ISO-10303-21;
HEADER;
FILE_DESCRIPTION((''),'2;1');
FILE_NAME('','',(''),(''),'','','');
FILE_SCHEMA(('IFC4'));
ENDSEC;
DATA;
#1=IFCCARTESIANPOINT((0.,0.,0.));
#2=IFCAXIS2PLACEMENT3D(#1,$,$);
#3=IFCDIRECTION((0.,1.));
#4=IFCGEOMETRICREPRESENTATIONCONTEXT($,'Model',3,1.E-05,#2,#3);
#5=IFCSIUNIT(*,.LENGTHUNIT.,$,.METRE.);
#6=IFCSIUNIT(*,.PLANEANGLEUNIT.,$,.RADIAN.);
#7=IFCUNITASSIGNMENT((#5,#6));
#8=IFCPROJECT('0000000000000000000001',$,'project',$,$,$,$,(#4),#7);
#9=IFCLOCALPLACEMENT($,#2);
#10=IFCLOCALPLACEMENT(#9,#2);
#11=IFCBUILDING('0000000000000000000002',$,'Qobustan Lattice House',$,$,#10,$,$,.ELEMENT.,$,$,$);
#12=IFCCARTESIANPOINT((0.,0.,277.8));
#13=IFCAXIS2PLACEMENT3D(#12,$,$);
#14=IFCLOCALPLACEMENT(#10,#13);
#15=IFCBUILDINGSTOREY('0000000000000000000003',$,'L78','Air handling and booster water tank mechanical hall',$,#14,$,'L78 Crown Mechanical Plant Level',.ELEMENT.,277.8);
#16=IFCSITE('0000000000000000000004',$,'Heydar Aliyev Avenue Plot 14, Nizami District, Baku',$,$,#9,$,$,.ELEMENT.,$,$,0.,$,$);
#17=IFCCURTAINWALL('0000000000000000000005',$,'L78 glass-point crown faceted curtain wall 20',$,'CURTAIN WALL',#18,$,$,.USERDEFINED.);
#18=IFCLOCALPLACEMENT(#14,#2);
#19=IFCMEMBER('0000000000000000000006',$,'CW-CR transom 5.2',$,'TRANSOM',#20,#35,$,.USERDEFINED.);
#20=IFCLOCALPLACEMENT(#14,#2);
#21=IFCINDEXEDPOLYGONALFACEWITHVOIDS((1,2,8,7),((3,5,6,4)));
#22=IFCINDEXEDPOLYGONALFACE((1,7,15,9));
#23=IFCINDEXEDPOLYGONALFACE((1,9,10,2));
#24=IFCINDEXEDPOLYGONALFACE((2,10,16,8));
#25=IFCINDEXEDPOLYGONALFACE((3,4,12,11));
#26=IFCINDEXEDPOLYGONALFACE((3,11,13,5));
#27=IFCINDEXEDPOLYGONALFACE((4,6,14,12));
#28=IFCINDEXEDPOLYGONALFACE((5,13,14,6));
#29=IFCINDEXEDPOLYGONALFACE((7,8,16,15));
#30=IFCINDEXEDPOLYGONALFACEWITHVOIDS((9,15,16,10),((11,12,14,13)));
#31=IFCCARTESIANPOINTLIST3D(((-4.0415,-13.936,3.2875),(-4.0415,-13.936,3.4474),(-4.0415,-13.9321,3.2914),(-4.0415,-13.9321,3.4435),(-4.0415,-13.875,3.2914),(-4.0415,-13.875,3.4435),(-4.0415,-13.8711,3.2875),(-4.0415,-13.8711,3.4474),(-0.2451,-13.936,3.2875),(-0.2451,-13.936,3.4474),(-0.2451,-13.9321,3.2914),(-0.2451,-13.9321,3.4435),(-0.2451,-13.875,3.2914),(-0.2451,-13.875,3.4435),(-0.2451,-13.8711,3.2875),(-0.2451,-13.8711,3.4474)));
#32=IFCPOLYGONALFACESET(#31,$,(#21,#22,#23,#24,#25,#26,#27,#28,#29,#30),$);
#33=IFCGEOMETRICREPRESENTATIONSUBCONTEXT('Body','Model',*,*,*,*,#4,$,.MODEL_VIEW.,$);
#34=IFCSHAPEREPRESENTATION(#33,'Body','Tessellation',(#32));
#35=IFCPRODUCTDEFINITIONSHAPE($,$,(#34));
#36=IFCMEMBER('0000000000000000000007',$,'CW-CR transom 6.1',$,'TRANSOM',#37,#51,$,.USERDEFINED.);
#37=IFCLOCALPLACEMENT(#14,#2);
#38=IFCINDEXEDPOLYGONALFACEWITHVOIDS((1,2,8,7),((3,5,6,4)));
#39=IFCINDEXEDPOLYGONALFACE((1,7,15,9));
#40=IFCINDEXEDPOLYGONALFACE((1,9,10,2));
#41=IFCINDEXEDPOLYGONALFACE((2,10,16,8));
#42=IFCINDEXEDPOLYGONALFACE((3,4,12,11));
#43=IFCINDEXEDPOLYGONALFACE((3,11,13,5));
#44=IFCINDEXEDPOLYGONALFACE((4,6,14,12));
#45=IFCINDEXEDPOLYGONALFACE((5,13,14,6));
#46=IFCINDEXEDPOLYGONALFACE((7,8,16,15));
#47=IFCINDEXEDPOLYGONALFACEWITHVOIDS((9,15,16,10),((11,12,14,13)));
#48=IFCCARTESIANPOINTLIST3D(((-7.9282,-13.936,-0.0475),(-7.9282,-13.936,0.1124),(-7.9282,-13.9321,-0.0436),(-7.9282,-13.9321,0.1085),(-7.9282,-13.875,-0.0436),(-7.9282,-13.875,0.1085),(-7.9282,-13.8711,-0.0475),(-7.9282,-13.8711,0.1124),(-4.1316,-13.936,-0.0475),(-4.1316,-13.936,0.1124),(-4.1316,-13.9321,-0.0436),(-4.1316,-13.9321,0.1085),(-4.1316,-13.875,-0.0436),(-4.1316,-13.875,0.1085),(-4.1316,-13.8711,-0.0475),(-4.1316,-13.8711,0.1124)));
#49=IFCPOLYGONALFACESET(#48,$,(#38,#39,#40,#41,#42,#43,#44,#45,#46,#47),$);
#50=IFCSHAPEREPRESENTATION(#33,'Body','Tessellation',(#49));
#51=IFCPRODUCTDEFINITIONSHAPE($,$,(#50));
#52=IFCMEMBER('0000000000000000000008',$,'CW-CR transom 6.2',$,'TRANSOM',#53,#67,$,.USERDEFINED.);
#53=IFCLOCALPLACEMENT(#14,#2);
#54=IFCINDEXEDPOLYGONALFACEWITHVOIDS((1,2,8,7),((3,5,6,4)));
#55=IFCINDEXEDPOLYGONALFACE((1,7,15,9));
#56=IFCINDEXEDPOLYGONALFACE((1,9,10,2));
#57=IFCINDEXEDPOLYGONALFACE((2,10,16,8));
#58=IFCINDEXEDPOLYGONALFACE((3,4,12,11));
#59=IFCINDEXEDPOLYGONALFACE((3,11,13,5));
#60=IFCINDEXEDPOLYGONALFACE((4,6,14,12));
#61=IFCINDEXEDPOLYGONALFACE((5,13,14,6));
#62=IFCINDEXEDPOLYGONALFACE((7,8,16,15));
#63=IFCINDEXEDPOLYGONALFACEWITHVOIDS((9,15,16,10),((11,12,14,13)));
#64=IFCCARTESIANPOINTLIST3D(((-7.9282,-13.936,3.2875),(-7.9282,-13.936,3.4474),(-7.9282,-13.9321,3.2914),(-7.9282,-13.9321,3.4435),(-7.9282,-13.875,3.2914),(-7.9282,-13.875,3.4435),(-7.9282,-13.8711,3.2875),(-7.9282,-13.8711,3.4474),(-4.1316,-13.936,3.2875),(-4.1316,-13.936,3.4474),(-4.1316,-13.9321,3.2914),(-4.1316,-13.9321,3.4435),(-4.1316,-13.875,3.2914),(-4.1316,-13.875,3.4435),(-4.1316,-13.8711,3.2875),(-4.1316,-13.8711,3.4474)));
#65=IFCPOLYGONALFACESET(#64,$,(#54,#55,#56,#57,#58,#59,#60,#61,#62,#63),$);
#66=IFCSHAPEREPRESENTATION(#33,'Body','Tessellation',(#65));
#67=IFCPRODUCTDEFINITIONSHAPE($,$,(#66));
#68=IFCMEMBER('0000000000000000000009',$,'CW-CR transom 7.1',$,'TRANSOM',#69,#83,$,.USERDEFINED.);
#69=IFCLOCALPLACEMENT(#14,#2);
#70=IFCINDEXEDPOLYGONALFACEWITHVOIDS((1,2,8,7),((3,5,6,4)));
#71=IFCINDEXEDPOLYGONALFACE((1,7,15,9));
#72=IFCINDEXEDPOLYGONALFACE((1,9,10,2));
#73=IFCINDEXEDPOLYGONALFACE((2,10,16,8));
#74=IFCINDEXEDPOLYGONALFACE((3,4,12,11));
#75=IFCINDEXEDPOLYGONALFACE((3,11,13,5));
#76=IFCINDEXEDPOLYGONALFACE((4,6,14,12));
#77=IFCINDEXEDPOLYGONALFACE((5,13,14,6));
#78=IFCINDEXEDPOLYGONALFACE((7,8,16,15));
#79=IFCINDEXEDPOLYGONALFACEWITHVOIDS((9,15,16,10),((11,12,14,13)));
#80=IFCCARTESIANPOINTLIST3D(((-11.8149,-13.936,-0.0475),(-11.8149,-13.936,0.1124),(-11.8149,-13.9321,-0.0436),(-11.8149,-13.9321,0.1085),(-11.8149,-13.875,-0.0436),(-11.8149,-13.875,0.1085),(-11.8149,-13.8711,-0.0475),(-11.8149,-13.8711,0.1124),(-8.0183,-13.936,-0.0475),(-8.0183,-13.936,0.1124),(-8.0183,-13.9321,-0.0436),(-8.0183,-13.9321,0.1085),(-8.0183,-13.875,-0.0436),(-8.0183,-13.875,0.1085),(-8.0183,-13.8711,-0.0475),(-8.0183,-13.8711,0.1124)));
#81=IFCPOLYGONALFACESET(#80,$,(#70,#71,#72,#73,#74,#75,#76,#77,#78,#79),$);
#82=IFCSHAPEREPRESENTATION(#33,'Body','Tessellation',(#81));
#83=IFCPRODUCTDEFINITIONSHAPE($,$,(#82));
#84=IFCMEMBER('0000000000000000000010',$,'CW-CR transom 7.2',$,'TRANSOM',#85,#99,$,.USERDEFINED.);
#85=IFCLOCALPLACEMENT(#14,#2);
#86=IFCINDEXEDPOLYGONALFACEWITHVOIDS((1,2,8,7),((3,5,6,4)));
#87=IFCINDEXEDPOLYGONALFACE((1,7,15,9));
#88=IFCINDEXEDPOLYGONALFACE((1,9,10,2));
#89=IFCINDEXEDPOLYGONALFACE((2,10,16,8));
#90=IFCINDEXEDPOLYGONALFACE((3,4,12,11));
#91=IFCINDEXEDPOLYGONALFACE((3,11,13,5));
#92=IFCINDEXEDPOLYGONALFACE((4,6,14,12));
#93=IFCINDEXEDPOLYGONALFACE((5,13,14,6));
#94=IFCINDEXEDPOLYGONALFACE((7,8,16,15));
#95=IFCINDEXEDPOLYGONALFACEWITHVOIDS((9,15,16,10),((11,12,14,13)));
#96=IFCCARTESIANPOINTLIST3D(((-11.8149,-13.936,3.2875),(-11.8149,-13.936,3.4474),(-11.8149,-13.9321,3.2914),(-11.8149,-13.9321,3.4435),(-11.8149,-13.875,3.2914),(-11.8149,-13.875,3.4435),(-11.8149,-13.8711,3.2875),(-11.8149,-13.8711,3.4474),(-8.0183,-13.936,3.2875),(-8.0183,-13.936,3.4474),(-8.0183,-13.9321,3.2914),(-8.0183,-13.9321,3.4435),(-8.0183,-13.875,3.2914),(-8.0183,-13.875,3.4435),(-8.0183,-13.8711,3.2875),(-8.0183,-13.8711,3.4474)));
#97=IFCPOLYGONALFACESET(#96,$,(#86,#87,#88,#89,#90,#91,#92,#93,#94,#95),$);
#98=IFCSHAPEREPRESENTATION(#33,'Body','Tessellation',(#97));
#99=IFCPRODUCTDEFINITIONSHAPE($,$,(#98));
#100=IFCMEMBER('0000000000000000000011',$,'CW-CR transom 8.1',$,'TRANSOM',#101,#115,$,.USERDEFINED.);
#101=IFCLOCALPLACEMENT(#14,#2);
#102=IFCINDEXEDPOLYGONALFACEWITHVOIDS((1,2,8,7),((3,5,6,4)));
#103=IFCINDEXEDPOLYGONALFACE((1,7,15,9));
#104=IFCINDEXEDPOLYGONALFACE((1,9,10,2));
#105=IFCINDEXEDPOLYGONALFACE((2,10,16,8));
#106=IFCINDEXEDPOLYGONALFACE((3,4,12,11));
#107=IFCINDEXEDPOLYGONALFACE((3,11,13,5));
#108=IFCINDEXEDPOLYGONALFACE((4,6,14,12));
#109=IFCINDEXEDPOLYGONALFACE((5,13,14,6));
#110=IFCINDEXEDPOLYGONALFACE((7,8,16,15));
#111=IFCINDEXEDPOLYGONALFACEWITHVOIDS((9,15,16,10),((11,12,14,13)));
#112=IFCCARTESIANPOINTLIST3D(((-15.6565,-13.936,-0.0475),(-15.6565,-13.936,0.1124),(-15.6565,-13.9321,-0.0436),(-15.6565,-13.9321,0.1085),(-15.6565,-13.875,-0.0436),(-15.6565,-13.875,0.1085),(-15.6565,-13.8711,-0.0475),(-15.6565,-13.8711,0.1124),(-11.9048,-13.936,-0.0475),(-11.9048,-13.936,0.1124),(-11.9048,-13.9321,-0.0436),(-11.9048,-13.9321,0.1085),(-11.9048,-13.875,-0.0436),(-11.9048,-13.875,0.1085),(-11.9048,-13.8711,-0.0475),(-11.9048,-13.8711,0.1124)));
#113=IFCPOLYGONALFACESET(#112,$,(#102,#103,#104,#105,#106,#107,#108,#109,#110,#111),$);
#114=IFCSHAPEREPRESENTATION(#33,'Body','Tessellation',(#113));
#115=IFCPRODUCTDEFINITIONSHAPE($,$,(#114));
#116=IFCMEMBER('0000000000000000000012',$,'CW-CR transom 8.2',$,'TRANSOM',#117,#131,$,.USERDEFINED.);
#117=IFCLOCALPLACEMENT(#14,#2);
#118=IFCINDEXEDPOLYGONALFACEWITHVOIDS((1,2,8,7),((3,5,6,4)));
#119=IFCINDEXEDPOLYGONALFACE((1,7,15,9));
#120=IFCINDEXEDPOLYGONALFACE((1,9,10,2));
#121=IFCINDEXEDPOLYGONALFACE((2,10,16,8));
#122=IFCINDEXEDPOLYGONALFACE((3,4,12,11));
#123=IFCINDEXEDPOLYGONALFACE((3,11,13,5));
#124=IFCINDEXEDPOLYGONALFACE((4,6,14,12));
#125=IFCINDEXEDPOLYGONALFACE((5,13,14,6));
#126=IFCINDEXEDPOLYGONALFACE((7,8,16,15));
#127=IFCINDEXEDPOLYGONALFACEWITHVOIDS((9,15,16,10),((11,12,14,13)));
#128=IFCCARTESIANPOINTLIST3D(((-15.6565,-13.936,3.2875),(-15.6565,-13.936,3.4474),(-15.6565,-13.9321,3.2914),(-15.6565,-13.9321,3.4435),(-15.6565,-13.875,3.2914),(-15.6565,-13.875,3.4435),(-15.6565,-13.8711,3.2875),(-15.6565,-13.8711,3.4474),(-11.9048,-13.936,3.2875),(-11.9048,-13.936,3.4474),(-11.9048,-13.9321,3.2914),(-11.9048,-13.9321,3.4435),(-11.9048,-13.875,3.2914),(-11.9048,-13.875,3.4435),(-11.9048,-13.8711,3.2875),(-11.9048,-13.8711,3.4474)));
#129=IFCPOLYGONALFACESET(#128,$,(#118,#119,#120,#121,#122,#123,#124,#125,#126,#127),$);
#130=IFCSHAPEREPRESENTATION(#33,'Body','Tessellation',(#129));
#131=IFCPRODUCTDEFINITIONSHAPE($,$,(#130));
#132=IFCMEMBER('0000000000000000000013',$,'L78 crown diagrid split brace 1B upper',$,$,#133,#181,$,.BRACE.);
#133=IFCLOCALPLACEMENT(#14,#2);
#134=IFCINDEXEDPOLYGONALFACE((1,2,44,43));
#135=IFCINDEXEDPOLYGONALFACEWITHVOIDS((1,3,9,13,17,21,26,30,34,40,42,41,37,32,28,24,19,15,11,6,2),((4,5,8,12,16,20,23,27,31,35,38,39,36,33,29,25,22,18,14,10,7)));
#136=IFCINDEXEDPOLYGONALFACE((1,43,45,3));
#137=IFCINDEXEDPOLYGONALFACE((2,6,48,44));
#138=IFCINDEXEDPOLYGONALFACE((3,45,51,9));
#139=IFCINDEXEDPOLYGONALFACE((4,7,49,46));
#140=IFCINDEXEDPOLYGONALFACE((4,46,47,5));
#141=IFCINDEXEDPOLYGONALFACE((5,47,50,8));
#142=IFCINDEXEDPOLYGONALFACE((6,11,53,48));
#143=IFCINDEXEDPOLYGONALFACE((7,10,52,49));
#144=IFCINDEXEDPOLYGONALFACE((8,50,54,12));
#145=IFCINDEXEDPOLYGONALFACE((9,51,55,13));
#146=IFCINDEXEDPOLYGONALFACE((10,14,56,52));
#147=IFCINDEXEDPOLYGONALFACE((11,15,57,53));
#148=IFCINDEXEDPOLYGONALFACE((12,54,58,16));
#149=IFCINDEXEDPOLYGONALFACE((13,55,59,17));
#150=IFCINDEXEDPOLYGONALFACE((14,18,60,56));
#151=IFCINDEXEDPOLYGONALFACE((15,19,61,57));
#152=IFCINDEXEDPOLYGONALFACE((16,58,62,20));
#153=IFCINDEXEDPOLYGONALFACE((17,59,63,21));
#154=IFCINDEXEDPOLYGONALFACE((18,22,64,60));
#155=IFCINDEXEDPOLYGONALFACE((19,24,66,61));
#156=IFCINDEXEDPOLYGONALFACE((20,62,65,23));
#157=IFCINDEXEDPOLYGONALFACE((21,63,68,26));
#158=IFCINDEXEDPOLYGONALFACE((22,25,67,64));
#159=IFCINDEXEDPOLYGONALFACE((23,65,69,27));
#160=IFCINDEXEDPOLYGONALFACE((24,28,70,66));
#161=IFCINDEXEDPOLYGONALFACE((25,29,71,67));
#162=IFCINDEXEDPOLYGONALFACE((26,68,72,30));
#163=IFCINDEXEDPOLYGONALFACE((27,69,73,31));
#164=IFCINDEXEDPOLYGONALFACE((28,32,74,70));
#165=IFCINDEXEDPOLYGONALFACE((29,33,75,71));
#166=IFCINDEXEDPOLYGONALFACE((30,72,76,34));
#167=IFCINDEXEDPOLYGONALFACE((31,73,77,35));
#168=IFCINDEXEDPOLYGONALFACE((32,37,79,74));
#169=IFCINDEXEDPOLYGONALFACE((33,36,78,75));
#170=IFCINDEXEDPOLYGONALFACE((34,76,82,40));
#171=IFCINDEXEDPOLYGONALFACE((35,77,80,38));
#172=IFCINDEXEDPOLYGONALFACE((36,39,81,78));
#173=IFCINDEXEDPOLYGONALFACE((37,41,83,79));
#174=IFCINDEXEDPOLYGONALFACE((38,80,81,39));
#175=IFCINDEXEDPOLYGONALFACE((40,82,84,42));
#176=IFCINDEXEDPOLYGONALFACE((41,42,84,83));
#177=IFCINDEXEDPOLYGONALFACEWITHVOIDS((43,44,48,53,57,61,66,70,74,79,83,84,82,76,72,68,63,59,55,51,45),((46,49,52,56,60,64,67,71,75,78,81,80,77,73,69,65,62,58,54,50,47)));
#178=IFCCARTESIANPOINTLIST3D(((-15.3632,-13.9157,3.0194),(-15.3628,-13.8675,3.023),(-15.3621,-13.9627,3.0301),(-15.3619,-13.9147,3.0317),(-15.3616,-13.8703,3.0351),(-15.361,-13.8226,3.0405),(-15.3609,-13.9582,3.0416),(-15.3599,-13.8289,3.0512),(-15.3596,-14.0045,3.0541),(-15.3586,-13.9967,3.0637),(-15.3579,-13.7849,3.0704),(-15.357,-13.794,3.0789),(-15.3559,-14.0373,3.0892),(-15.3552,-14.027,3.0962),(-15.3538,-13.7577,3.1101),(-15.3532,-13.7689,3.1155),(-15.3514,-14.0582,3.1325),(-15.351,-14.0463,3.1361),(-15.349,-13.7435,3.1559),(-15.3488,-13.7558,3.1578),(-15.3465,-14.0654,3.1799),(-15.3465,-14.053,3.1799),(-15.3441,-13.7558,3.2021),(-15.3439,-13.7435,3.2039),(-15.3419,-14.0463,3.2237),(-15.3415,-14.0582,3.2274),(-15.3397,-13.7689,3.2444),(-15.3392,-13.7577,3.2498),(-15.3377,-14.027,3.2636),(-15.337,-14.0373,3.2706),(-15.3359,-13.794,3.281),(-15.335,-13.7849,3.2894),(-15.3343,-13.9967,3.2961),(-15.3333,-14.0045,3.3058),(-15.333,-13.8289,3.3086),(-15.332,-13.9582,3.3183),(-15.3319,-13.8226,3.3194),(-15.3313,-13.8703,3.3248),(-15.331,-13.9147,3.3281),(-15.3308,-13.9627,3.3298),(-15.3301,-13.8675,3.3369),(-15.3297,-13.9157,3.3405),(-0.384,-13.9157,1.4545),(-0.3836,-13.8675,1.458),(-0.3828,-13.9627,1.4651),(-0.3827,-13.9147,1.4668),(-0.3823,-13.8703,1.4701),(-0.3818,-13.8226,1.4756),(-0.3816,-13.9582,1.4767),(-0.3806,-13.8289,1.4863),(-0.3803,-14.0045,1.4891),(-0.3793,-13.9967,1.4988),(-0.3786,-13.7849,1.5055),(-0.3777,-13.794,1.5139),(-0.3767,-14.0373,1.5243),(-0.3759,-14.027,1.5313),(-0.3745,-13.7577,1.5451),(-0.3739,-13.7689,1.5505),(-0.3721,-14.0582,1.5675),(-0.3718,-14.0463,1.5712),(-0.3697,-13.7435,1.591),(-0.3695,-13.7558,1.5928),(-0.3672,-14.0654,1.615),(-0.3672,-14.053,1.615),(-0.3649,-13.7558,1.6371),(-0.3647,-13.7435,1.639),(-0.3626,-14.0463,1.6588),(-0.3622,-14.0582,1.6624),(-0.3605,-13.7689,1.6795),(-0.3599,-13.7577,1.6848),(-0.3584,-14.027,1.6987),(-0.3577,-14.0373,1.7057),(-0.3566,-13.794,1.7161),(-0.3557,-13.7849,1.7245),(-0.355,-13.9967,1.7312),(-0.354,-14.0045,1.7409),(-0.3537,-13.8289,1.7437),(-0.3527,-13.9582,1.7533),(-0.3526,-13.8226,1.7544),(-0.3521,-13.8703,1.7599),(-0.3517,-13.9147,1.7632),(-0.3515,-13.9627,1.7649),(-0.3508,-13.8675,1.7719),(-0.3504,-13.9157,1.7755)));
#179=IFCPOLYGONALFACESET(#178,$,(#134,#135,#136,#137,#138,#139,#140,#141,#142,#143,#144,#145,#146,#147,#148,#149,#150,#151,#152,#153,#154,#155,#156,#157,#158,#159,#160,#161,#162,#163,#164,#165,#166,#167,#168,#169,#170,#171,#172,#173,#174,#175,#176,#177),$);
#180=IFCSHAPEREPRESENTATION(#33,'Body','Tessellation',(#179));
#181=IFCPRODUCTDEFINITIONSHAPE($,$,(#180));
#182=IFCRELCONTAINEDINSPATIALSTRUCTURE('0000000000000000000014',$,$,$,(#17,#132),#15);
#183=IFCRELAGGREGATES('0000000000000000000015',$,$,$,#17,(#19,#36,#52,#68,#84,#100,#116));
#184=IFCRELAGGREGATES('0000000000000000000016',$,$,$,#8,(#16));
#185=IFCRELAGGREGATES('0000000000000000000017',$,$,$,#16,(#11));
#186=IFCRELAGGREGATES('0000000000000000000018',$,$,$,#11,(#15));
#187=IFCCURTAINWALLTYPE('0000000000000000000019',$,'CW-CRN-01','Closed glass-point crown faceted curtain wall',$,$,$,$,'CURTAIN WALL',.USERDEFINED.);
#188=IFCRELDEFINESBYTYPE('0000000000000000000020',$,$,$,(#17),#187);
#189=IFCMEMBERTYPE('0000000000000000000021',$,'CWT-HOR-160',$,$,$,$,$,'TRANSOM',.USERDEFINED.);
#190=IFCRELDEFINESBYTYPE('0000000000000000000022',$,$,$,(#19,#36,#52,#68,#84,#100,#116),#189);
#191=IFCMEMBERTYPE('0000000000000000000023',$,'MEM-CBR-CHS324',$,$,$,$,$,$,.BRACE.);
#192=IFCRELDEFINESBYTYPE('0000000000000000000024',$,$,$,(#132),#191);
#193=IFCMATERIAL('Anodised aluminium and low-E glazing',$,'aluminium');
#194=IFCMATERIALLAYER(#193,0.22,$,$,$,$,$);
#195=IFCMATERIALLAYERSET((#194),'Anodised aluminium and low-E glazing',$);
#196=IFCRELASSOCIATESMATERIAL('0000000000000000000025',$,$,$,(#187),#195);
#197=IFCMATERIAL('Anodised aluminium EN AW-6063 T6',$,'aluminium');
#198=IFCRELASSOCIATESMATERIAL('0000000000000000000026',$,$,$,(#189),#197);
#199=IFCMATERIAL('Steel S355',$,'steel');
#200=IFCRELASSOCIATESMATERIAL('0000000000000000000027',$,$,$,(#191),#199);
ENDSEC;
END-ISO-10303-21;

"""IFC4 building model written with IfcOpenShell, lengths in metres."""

from ifc_helpers import new_model, si_unit, direction, frame, origin, origin_2d, place, context, subcontext, project, spatial, hollow_rectangle, hollow_circle, extrude, material, layer, layer_set, material_profile, profile_set, type_object, element, aggregate, save


model = new_model("IFC4")

# Units and contexts
model_context = context("Model", 3, precision=1e-05, world=origin(), true_north=direction((0.0, 1.0)))
body_context = subcontext(model_context, "Body", "Model", "MODEL_VIEW")
ifc_project = project(units=[si_unit("LENGTHUNIT", "METRE"), si_unit("PLANEANGLEUNIT", "RADIAN")], contexts=[model_context])

# Site, building, storey
site_placement = place(None, origin())
site = spatial("IfcSite", under=ifc_project, at=site_placement, Name="Heydar Aliyev Avenue Plot 14, Nizami District, Baku", CompositionType="ELEMENT", RefElevation=0.0)
building_placement = place(site_placement, origin())
building = spatial("IfcBuilding", under=site, at=building_placement, Name="Qobustan Lattice House", CompositionType="ELEMENT")
storey_placement = place(building_placement, frame((0.0, 0.0, 277.8)))
storey = spatial("IfcBuildingStorey", under=building, at=storey_placement, Name="L78", Description="Air handling and booster water tank mechanical hall", LongName="L78 Crown Mechanical Plant Level", CompositionType="ELEMENT", Elevation=277.8)

# Curtain wall, members
ifc_material_1 = material(Name="Anodised aluminium and low-E glazing", Category="aluminium")
ifc_layer_1 = layer(ifc_material_1, 0.22)
ifc_layer_set_1 = layer_set([ifc_layer_1], Name="Anodised aluminium and low-E glazing")
curtain_wall_type = type_object("IfcCurtainWallType", Name="CW-CRN-01", Description="Closed glass-point crown faceted curtain wall", ElementType="CURTAIN WALL", PredefinedType="USERDEFINED", material=ifc_layer_set_1)
curtain_wall_placement = place(storey_placement, origin())
curtain_wall = element("IfcCurtainWall", 1, at=curtain_wall_placement, inside=storey, type_object=curtain_wall_type, Name="L78 glass-point crown faceted curtain wall 20", ObjectType="CURTAIN WALL", PredefinedType="USERDEFINED")
ifc_material_2 = material(Name="Anodised aluminium EN AW-6063 T6", Category="aluminium")
ifc_material_profile_1 = material_profile(ifc_material_2, hollow_rectangle(XDim=0.0649, YDim=0.1599, WallThickness=0.0039, at=origin_2d()), Name="CWT-160x65")
ifc_profile_set_1 = profile_set([ifc_material_profile_1], Name="Anodised aluminium EN AW-6063 T6")
member_type_1 = type_object("IfcMemberType", Name="CWT-HOR-160", ElementType="TRANSOM", PredefinedType="USERDEFINED", material=ifc_profile_set_1)
member_1_placement = place(storey_placement, frame((-0.2451, -13.9036, 3.3674), z_axis=(-1.0, 0.0, 0.0), x_axis=(0.0, -1.0, 0.0)))
member_1 = element("IfcMember", 2, at=member_1_placement, type_object=member_type_1, Name="CW-CR transom 5.2", ObjectType="TRANSOM", PredefinedType="USERDEFINED", context=body_context, shape_type="SweptSolid", body=[
    extrude(hollow_rectangle(XDim=0.0649, YDim=0.1599, WallThickness=0.0039, at=origin_2d()), origin(), (0.0, 0.0, 1.0), 3.7964),
])
member_2_placement = place(storey_placement, frame((-4.1316, -13.9036, 0.0325), z_axis=(-1.0, 0.0, 0.0), x_axis=(0.0, -1.0, 0.0)))
member_2 = element("IfcMember", 3, at=member_2_placement, type_object=member_type_1, Name="CW-CR transom 6.1", ObjectType="TRANSOM", PredefinedType="USERDEFINED", context=body_context, shape_type="SweptSolid", body=[
    extrude(hollow_rectangle(XDim=0.0649, YDim=0.1599, WallThickness=0.0039, at=origin_2d()), origin(), (0.0, 0.0, 1.0), 3.7966),
])
member_3_placement = place(storey_placement, frame((-4.1316, -13.9036, 3.3674), z_axis=(-1.0, 0.0, 0.0), x_axis=(0.0, -1.0, 0.0)))
member_3 = element("IfcMember", 4, at=member_3_placement, type_object=member_type_1, Name="CW-CR transom 6.2", ObjectType="TRANSOM", PredefinedType="USERDEFINED", context=body_context, shape_type="SweptSolid", body=[
    extrude(hollow_rectangle(XDim=0.0649, YDim=0.1599, WallThickness=0.0039, at=origin_2d()), origin(), (0.0, 0.0, 1.0), 3.7966),
])
member_4_placement = place(storey_placement, frame((-8.0183, -13.9036, 0.0325), z_axis=(-1.0, 0.0, 0.0), x_axis=(0.0, -1.0, 0.0)))
member_4 = element("IfcMember", 5, at=member_4_placement, type_object=member_type_1, Name="CW-CR transom 7.1", ObjectType="TRANSOM", PredefinedType="USERDEFINED", context=body_context, shape_type="SweptSolid", body=[
    extrude(hollow_rectangle(XDim=0.0649, YDim=0.1599, WallThickness=0.0039, at=origin_2d()), origin(), (0.0, 0.0, 1.0), 3.7966),
])
member_5_placement = place(storey_placement, frame((-8.0183, -13.9036, 3.3674), z_axis=(-1.0, 0.0, 0.0), x_axis=(0.0, -1.0, 0.0)))
member_5 = element("IfcMember", 6, at=member_5_placement, type_object=member_type_1, Name="CW-CR transom 7.2", ObjectType="TRANSOM", PredefinedType="USERDEFINED", context=body_context, shape_type="SweptSolid", body=[
    extrude(hollow_rectangle(XDim=0.0649, YDim=0.1599, WallThickness=0.0039, at=origin_2d()), origin(), (0.0, 0.0, 1.0), 3.7966),
])
member_6_placement = place(storey_placement, frame((-11.9048, -13.9036, 0.0325), z_axis=(-1.0, 0.0, 0.0), x_axis=(0.0, -1.0, 0.0)))
member_6 = element("IfcMember", 7, at=member_6_placement, type_object=member_type_1, Name="CW-CR transom 8.1", ObjectType="TRANSOM", PredefinedType="USERDEFINED", context=body_context, shape_type="SweptSolid", body=[
    extrude(hollow_rectangle(XDim=0.0649, YDim=0.1599, WallThickness=0.0039, at=origin_2d()), origin(), (0.0, 0.0, 1.0), 3.7517),
])
member_7_placement = place(storey_placement, frame((-11.9048, -13.9036, 3.3674), z_axis=(-1.0, 0.0, 0.0), x_axis=(0.0, -1.0, 0.0)))
member_7 = element("IfcMember", 8, at=member_7_placement, type_object=member_type_1, Name="CW-CR transom 8.2", ObjectType="TRANSOM", PredefinedType="USERDEFINED", context=body_context, shape_type="SweptSolid", body=[
    extrude(hollow_rectangle(XDim=0.0649, YDim=0.1599, WallThickness=0.0039, at=origin_2d()), origin(), (0.0, 0.0, 1.0), 3.7517),
])

# Member
ifc_material_3 = material(Name="Steel S355", Category="steel")
ifc_material_profile_2 = material_profile(ifc_material_3, hollow_circle(Radius=0.1619, WallThickness=0.0125, at=origin_2d()), Name="CHS323.9x12.5")
ifc_profile_set_2 = profile_set([ifc_material_profile_2], Name="Steel S355")
member_type_2 = type_object("IfcMemberType", Name="MEM-CBR-CHS324", PredefinedType="BRACE", material=ifc_profile_set_2)
member_8_placement = place(storey_placement, frame((-0.3672, -13.9036, 1.615), z_axis=(-0.994587, 0.0, 0.103908), x_axis=(0.0, -1.0, 0.0)))
element("IfcMember", 9, at=member_8_placement, inside=storey, type_object=member_type_2, Name="L78 crown diagrid split brace 1B upper", PredefinedType="BRACE", context=body_context, shape_type="SweptSolid", body=[
    extrude(hollow_circle(Radius=0.1619, WallThickness=0.0125, at=origin_2d()), origin(), (0.0, 0.0, 1.0), 15.0608),
])

aggregate(curtain_wall, [member_1, member_2, member_3, member_4, member_5, member_6, member_7])

save(model, "model.ifc")
